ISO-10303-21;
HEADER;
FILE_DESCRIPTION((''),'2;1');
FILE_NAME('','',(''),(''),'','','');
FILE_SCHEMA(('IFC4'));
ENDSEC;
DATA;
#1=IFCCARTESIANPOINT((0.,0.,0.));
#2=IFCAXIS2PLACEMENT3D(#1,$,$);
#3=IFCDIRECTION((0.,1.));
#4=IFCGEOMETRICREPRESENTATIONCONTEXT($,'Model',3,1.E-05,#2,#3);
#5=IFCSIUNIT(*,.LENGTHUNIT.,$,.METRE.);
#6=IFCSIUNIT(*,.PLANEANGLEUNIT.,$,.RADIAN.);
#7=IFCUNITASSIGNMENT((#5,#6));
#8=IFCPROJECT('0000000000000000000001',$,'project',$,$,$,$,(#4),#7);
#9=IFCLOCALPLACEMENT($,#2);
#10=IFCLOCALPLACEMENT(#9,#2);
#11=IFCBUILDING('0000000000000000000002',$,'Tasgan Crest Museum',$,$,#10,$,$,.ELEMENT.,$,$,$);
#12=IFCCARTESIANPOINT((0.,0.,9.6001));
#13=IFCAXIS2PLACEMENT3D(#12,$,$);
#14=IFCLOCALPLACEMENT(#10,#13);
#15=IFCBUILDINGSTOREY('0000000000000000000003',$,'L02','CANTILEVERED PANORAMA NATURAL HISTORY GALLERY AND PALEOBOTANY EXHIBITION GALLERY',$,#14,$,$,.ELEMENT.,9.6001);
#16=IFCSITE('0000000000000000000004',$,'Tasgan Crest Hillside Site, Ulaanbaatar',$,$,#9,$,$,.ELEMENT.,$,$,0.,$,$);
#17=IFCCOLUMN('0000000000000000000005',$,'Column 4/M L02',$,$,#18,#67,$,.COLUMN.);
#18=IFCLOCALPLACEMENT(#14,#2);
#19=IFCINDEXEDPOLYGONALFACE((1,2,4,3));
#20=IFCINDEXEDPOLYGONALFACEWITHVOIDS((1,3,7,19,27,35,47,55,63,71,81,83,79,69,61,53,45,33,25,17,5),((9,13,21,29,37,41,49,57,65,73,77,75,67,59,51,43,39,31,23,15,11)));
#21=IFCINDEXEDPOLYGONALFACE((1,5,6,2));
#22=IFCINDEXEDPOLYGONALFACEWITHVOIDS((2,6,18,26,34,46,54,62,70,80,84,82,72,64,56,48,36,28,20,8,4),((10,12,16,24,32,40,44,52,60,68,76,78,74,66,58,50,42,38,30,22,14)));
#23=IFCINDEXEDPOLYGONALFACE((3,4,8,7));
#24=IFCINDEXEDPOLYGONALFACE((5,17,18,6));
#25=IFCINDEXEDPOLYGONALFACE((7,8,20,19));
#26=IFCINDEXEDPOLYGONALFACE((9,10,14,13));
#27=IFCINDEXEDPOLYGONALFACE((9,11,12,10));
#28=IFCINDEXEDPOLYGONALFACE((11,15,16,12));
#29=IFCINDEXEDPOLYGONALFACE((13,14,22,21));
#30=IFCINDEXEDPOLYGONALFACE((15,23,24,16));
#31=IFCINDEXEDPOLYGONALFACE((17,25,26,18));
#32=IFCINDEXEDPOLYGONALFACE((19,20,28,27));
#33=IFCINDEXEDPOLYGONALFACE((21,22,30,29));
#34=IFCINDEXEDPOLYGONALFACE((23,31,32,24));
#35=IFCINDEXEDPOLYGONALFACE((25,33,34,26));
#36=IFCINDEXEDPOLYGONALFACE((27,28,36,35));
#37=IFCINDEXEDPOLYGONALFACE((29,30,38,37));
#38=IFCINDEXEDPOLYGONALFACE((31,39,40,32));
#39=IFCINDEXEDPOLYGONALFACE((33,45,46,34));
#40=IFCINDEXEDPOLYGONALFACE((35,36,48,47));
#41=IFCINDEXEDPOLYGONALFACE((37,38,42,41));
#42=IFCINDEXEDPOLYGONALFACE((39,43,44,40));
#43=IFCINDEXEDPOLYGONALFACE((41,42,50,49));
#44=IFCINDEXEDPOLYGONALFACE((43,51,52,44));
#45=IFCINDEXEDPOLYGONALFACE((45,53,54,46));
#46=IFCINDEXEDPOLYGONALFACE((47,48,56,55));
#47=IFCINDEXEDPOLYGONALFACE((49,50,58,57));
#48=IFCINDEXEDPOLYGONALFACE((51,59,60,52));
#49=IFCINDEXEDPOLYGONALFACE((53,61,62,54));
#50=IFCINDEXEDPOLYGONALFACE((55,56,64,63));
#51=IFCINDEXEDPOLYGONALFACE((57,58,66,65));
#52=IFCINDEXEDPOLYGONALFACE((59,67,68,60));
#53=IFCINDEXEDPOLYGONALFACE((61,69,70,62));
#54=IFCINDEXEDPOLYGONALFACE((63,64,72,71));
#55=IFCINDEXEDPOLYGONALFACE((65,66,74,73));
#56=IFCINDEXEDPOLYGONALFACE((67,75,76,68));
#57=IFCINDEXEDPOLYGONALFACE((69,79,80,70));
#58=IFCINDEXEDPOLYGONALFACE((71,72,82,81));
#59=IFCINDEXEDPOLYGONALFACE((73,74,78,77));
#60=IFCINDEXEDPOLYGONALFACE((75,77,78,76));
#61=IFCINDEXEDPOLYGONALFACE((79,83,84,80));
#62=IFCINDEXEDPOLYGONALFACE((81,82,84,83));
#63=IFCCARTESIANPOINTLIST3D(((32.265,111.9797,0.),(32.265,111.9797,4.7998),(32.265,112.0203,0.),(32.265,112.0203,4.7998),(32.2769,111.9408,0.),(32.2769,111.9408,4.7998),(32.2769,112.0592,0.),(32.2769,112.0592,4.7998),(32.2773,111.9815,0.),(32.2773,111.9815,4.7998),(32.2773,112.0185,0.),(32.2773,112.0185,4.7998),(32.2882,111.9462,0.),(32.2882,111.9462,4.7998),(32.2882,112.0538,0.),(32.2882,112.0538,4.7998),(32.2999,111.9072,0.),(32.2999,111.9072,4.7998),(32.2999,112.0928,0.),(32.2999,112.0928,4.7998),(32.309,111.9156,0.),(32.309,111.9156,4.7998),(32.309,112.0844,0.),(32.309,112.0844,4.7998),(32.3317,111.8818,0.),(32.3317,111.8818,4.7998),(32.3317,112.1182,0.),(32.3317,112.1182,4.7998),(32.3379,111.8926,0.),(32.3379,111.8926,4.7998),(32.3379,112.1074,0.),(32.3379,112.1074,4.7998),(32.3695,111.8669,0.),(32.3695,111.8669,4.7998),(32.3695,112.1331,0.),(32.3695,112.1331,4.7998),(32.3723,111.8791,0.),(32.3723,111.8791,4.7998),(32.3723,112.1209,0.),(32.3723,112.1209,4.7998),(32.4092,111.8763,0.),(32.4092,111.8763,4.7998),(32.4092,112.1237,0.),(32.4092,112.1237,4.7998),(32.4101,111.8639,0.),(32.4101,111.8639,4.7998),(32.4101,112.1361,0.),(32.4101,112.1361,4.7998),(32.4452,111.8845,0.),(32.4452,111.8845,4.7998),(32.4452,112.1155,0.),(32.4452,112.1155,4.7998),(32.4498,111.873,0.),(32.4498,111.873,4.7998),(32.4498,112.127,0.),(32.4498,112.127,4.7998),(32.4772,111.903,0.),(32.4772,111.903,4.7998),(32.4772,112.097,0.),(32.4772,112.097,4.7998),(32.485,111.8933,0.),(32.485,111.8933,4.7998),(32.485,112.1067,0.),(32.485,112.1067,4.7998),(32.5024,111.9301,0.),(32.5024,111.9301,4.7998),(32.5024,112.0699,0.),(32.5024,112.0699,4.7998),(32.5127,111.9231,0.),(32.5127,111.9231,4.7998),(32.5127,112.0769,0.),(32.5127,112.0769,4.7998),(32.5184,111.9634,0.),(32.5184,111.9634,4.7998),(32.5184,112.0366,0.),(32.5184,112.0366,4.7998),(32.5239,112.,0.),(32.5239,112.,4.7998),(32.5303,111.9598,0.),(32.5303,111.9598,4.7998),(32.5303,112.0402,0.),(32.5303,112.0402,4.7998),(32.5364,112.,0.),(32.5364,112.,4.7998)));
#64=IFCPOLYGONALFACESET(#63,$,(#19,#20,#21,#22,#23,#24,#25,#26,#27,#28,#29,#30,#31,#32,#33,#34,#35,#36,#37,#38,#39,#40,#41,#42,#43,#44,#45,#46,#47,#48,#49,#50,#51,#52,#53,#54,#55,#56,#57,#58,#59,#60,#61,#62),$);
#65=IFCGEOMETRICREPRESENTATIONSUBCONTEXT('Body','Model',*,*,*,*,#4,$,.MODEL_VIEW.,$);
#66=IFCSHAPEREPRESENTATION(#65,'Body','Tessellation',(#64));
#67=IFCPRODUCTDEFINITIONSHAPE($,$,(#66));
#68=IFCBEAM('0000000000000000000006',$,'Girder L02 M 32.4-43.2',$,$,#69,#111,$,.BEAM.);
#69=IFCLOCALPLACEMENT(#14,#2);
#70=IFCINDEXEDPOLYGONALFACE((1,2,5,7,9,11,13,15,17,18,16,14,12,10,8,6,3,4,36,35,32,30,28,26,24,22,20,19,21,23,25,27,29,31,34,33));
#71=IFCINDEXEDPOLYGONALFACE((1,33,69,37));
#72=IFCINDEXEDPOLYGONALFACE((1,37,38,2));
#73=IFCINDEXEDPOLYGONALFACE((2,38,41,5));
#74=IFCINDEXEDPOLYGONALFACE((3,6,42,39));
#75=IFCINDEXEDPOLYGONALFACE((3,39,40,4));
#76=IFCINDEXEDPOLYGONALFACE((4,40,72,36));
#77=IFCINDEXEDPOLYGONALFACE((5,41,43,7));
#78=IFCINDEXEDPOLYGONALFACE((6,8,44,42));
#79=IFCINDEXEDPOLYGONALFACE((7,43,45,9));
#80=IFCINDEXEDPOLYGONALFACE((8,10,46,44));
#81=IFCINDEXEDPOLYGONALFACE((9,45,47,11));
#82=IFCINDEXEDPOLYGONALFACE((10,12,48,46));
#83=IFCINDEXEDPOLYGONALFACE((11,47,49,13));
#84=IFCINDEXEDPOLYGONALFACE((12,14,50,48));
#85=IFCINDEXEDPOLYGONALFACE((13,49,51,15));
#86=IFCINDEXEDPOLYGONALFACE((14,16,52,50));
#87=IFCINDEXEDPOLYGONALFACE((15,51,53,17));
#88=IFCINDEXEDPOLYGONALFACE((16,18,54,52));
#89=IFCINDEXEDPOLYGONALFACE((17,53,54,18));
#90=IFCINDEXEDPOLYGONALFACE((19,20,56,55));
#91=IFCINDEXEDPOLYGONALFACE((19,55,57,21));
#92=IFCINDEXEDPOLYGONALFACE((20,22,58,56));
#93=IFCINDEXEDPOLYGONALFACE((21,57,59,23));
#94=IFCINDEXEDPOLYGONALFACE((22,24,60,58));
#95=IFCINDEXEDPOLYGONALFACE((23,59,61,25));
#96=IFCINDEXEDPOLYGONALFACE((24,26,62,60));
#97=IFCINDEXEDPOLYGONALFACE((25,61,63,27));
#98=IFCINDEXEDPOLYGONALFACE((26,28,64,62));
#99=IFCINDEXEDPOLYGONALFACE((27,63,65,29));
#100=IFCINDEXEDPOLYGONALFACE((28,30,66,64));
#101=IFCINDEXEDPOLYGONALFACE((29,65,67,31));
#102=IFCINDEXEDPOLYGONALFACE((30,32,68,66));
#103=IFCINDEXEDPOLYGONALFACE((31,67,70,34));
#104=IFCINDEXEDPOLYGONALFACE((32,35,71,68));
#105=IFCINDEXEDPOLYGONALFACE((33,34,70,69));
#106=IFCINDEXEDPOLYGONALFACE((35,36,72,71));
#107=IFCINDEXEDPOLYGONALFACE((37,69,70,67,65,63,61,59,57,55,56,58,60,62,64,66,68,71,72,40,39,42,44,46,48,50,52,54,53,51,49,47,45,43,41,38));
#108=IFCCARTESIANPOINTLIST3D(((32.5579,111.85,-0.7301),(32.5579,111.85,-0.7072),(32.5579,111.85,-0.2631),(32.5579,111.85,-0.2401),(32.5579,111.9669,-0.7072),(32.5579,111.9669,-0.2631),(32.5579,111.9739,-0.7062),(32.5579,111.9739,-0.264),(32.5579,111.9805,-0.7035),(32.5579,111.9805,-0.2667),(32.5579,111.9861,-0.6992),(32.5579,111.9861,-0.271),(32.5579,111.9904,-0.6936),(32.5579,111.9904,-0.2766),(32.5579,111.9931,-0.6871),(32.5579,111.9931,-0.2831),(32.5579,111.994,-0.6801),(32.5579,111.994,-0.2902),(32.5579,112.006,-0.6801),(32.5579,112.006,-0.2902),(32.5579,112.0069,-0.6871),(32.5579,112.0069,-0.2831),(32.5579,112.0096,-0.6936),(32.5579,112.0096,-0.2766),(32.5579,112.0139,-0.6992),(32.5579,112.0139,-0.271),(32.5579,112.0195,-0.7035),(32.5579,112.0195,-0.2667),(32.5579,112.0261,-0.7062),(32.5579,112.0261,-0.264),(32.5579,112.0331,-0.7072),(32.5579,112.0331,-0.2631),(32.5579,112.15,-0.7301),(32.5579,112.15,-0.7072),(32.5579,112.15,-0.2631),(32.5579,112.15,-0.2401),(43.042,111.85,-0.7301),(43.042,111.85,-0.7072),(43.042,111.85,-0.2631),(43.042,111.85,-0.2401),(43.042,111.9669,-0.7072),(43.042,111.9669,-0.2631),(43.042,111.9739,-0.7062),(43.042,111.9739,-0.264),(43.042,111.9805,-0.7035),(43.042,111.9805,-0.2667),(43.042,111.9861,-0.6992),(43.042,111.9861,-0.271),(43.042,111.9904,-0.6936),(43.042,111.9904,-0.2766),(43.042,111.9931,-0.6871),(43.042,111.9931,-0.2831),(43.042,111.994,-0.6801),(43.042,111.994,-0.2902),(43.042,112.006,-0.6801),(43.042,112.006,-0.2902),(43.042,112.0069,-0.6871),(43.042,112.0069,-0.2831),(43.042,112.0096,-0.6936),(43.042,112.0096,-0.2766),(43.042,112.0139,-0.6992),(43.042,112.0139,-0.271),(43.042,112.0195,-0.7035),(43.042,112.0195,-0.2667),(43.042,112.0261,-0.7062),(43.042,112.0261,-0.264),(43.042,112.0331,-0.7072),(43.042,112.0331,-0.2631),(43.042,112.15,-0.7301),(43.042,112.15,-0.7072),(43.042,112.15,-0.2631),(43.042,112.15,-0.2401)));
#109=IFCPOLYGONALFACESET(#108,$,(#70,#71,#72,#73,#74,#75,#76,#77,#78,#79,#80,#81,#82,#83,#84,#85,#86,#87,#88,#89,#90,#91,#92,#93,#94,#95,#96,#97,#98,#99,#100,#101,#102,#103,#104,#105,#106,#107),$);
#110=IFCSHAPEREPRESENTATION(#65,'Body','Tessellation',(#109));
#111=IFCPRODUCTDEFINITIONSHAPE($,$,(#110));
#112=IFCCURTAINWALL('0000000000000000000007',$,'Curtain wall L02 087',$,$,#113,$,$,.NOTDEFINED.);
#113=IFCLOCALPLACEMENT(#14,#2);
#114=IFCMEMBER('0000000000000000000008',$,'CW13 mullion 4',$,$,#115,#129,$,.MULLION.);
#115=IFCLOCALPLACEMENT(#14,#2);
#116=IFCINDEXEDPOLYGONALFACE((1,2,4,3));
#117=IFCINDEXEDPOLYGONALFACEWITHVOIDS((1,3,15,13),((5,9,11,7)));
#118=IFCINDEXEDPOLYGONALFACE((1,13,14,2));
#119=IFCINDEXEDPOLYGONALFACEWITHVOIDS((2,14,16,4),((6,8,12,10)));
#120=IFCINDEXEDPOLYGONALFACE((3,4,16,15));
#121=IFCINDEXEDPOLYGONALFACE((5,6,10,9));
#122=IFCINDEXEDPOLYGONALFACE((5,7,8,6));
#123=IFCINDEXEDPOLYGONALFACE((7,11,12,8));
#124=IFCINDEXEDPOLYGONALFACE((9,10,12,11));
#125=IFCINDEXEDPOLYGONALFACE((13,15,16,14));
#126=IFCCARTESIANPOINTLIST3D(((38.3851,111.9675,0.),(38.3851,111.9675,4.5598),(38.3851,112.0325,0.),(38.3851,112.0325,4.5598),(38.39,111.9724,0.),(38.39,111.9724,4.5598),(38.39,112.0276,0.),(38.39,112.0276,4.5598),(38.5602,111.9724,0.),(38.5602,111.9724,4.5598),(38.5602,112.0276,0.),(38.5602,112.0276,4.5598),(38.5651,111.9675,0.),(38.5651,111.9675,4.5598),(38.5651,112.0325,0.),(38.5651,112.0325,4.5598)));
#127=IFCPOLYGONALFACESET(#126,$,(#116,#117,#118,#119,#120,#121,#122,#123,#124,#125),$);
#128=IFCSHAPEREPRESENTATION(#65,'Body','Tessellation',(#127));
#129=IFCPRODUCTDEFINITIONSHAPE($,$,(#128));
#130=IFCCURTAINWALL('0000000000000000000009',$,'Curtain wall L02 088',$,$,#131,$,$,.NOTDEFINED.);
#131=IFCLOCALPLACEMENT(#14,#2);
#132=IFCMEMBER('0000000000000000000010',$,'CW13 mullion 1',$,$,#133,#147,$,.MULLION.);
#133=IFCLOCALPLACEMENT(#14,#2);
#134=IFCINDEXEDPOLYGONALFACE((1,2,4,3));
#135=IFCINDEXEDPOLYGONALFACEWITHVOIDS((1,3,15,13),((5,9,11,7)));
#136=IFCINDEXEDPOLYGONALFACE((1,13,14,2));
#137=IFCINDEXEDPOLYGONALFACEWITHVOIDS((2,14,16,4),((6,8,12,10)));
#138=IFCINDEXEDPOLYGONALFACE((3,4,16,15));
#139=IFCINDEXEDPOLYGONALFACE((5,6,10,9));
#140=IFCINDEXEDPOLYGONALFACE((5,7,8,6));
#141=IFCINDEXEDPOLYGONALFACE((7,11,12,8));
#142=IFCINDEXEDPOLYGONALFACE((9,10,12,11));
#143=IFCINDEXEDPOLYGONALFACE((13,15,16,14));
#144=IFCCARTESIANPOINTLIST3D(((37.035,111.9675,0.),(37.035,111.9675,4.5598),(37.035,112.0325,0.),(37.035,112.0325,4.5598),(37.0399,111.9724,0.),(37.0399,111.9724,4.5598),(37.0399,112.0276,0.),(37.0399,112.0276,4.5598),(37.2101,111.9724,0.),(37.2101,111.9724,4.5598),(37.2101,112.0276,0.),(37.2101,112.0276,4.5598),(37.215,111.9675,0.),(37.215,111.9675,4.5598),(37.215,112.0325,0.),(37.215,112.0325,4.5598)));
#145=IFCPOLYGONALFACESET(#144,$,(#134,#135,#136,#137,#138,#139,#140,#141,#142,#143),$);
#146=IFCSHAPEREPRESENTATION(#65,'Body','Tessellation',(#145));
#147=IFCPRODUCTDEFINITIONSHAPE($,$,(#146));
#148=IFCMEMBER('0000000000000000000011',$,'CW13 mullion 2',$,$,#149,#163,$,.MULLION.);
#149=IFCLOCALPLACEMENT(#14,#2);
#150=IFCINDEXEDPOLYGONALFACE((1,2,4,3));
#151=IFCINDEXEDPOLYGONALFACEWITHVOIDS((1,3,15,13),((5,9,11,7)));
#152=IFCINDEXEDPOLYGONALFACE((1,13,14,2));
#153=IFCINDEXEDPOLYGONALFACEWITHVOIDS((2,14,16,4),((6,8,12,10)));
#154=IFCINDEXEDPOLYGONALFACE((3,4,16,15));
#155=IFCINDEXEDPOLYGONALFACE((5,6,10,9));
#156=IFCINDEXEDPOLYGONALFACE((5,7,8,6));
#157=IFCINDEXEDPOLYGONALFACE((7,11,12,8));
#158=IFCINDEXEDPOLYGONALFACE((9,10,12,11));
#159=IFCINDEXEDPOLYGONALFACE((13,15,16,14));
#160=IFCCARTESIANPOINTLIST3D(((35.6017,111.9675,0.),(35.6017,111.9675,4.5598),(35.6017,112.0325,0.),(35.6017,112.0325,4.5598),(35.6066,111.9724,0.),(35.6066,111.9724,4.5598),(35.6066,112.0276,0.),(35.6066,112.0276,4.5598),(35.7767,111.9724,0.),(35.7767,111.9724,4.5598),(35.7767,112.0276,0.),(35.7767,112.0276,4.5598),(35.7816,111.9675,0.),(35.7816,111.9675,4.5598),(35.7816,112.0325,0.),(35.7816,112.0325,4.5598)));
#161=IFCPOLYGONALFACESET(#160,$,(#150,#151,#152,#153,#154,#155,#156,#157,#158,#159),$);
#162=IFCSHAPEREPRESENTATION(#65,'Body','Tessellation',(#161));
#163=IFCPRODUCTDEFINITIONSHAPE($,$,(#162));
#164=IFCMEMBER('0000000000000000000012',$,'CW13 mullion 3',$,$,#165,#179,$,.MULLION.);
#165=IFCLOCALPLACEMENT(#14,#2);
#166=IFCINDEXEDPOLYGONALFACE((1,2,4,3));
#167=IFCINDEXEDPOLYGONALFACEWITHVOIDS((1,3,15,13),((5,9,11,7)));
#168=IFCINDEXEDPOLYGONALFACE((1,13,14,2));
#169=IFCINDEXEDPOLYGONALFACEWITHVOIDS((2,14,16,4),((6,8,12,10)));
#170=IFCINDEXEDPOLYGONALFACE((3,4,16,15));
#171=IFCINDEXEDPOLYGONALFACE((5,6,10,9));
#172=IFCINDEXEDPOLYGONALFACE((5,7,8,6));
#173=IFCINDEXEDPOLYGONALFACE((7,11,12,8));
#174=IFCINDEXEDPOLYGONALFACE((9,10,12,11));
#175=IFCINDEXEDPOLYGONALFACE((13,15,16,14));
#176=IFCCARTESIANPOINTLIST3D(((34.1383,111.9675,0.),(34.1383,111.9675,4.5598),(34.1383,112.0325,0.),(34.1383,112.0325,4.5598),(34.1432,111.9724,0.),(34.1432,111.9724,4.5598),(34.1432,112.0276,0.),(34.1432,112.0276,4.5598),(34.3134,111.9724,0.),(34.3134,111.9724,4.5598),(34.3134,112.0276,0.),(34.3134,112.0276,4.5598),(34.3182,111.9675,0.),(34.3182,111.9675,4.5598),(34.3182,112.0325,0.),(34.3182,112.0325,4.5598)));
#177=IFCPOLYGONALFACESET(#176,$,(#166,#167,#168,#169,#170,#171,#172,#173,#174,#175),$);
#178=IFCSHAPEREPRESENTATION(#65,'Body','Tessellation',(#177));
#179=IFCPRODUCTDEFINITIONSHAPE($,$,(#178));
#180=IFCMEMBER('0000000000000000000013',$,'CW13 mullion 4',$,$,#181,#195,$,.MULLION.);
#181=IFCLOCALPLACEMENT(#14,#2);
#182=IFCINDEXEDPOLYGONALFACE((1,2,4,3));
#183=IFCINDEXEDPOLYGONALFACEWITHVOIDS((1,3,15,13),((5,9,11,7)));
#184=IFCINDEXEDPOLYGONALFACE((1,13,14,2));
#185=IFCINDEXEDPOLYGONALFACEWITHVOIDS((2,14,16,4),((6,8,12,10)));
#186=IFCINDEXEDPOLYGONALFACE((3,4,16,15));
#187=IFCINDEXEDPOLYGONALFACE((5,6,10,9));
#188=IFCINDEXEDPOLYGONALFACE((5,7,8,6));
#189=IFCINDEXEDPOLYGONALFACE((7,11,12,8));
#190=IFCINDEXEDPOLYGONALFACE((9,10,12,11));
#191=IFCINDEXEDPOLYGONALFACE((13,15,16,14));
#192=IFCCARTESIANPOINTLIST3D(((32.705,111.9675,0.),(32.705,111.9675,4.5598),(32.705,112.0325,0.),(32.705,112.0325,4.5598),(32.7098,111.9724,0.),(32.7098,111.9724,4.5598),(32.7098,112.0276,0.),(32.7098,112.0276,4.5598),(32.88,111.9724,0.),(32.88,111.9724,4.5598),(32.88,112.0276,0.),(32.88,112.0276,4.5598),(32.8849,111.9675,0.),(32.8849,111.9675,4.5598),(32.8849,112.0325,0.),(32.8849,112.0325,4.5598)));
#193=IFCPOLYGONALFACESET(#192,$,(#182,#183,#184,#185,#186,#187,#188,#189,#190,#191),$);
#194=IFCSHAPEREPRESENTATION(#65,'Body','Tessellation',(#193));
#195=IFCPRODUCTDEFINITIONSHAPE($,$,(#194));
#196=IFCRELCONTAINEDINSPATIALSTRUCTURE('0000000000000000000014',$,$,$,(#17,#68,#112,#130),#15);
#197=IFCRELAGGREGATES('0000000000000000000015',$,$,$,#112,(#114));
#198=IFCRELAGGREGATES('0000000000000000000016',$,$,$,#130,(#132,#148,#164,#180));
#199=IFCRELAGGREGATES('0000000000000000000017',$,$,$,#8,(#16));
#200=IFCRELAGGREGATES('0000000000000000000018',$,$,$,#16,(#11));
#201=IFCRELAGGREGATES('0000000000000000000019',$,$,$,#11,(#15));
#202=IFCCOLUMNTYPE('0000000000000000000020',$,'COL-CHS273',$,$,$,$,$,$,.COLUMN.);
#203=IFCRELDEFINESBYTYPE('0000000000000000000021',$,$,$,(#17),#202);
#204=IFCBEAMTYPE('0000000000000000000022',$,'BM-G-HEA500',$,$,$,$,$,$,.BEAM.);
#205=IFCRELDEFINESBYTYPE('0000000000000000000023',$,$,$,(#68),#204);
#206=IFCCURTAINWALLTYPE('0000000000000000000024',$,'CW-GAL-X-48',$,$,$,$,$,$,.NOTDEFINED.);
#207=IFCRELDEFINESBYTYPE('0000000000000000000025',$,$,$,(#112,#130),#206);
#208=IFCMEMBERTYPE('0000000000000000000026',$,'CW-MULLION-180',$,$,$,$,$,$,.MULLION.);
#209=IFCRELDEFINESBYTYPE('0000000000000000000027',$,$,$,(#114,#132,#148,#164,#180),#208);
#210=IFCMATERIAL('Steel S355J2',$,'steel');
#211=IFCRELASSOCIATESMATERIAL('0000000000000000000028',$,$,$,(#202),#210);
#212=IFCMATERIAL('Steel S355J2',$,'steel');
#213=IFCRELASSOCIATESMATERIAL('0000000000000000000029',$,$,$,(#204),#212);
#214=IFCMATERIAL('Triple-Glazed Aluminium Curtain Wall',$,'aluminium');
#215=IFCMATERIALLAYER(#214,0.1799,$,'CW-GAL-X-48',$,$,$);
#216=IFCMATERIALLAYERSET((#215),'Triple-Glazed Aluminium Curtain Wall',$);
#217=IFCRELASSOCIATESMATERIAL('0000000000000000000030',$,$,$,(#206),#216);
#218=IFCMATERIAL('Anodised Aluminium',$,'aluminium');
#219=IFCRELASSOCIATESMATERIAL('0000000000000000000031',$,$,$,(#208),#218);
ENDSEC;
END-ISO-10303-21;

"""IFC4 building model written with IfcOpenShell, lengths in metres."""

from ifc_helpers import new_model, si_unit, direction, frame, origin, origin_2d, place, context, subcontext, project, spatial, hollow_rectangle, hollow_circle, i_section, extrude, material, layer, layer_set, material_profile, profile_set, type_object, element, aggregate, save


model = new_model("IFC4")

# Units and contexts
model_context = context("Model", 3, precision=1e-05, world=origin(), true_north=direction((0.0, 1.0)))
body_context = subcontext(model_context, "Body", "Model", "MODEL_VIEW")
ifc_project = project(units=[si_unit("LENGTHUNIT", "METRE"), si_unit("PLANEANGLEUNIT", "RADIAN")], contexts=[model_context])

# Site, building, storey
site_placement = place(None, origin())
site = spatial("IfcSite", under=ifc_project, at=site_placement, Name="Tasgan Crest Hillside Site, Ulaanbaatar", CompositionType="ELEMENT", RefElevation=0.0)
building_placement = place(site_placement, origin())
building = spatial("IfcBuilding", under=site, at=building_placement, Name="Tasgan Crest Museum", CompositionType="ELEMENT")
storey_placement = place(building_placement, frame((0.0, 0.0, 9.6001)))
storey = spatial("IfcBuildingStorey", under=building, at=storey_placement, Name="L02", Description="CANTILEVERED PANORAMA NATURAL HISTORY GALLERY AND PALEOBOTANY EXHIBITION GALLERY", CompositionType="ELEMENT", Elevation=9.6001)

# Column
ifc_material_1 = material(Name="Steel S355J2", Category="steel")
ifc_material_profile_1 = material_profile(ifc_material_1, hollow_circle(Radius=0.1365, WallThickness=0.0125, at=origin_2d()), Name="CHS 273x12.5")
ifc_profile_set_1 = profile_set([ifc_material_profile_1], Name="Steel S355J2")
column_type = type_object("IfcColumnType", Name="COL-CHS273", PredefinedType="COLUMN", material=ifc_profile_set_1)
column_placement = place(storey_placement, frame((32.3999, 112.0, 0.0), z_axis=(0.0, 0.0, 1.0), x_axis=(1.0, 0.0, 0.0)))
element("IfcColumn", 1, at=column_placement, inside=storey, type_object=column_type, Name="Column 4/M L02", PredefinedType="COLUMN", context=body_context, shape_type="SweptSolid", body=[
    extrude(hollow_circle(Radius=0.1365, WallThickness=0.0125, at=origin_2d()), origin(), (0.0, 0.0, 1.0), 4.7998),
])

# Beam
ifc_material_2 = material(Name="Steel S355J2", Category="steel")
ifc_material_profile_2 = material_profile(ifc_material_2, i_section(OverallWidth=0.3, OverallDepth=0.49, WebThickness=0.012, FlangeThickness=0.0229, FilletRadius=0.0271, at=origin_2d()), Name="HEA 500")
ifc_profile_set_2 = profile_set([ifc_material_profile_2], Name="Steel S355J2")
beam_type = type_object("IfcBeamType", Name="BM-G-HEA500", PredefinedType="BEAM", material=ifc_profile_set_2)
beam_placement = place(storey_placement, frame((32.5579, 112.0, -0.4851), z_axis=(1.0, 0.0, 0.0), x_axis=(0.0, 1.0, 0.0)))
element("IfcBeam", 2, at=beam_placement, inside=storey, type_object=beam_type, Name="Girder L02 M 32.4-43.2", PredefinedType="BEAM", context=body_context, shape_type="SweptSolid", body=[
    extrude(i_section(OverallWidth=0.3, OverallDepth=0.49, WebThickness=0.012, FlangeThickness=0.0229, FilletRadius=0.0271, at=origin_2d()), origin(), (0.0, 0.0, 1.0), 10.4841),
])

# Curtain wall, member
ifc_material_3 = material(Name="Triple-Glazed Aluminium Curtain Wall", Category="aluminium")
ifc_layer_1 = layer(ifc_material_3, 0.1799, Name="CW-GAL-X-48")
ifc_layer_set_1 = layer_set([ifc_layer_1], Name="Triple-Glazed Aluminium Curtain Wall")
curtain_wall_type = type_object("IfcCurtainWallType", Name="CW-GAL-X-48", PredefinedType="NOTDEFINED", material=ifc_layer_set_1)
curtain_wall_1_placement = place(storey_placement, origin())
curtain_wall_1 = element("IfcCurtainWall", 3, at=curtain_wall_1_placement, inside=storey, type_object=curtain_wall_type, Name="Curtain wall L02 087", PredefinedType="NOTDEFINED")
ifc_material_4 = material(Name="Anodised Aluminium", Category="aluminium")
ifc_material_profile_3 = material_profile(ifc_material_4, hollow_rectangle(XDim=0.0649, YDim=0.1799, WallThickness=0.0049, at=origin_2d()), Name="ALU MULLION 180x65x5")
ifc_profile_set_3 = profile_set([ifc_material_profile_3], Name="Anodised Aluminium")
member_type_1 = type_object("IfcMemberType", Name="CW-MULLION-180", PredefinedType="MULLION", material=ifc_profile_set_3)
member_1_placement = place(storey_placement, frame((38.4751, 112.0, 0.0), z_axis=(0.0, 0.0, 1.0), x_axis=(0.0, -1.0, 0.0)))
member_1 = element("IfcMember", 4, at=member_1_placement, type_object=member_type_1, Name="CW13 mullion 4", PredefinedType="MULLION", context=body_context, shape_type="SweptSolid", body=[
    extrude(hollow_rectangle(XDim=0.0649, YDim=0.1799, WallThickness=0.0049, at=origin_2d()), origin(), (0.0, 0.0, 1.0), 4.5598),
])

# Curtain wall, members
curtain_wall_2_placement = place(storey_placement, origin())
curtain_wall_2 = element("IfcCurtainWall", 5, at=curtain_wall_2_placement, inside=storey, type_object=curtain_wall_type, Name="Curtain wall L02 088", PredefinedType="NOTDEFINED")
member_2_placement = place(storey_placement, frame((37.125, 112.0, 0.0), z_axis=(0.0, 0.0, 1.0), x_axis=(0.0, -1.0, 0.0)))
member_2 = element("IfcMember", 6, at=member_2_placement, type_object=member_type_1, Name="CW13 mullion 1", PredefinedType="MULLION", context=body_context, shape_type="SweptSolid", body=[
    extrude(hollow_rectangle(XDim=0.0649, YDim=0.1799, WallThickness=0.0049, at=origin_2d()), origin(), (0.0, 0.0, 1.0), 4.5598),
])
member_3_placement = place(storey_placement, frame((35.6917, 112.0, 0.0), z_axis=(0.0, 0.0, 1.0), x_axis=(0.0, -1.0, 0.0)))
member_3 = element("IfcMember", 7, at=member_3_placement, type_object=member_type_1, Name="CW13 mullion 2", PredefinedType="MULLION", context=body_context, shape_type="SweptSolid", body=[
    extrude(hollow_rectangle(XDim=0.0649, YDim=0.1799, WallThickness=0.0049, at=origin_2d()), origin(), (0.0, 0.0, 1.0), 4.5598),
])
member_4_placement = place(storey_placement, frame((34.2283, 112.0, 0.0), z_axis=(0.0, 0.0, 1.0), x_axis=(0.0, -1.0, 0.0)))
member_4 = element("IfcMember", 8, at=member_4_placement, type_object=member_type_1, Name="CW13 mullion 3", PredefinedType="MULLION", context=body_context, shape_type="SweptSolid", body=[
    extrude(hollow_rectangle(XDim=0.0649, YDim=0.1799, WallThickness=0.0049, at=origin_2d()), origin(), (0.0, 0.0, 1.0), 4.5598),
])
member_5_placement = place(storey_placement, frame((32.7949, 112.0, 0.0), z_axis=(0.0, 0.0, 1.0), x_axis=(0.0, -1.0, 0.0)))
member_5 = element("IfcMember", 9, at=member_5_placement, type_object=member_type_1, Name="CW13 mullion 4", PredefinedType="MULLION", context=body_context, shape_type="SweptSolid", body=[
    extrude(hollow_rectangle(XDim=0.0649, YDim=0.1799, WallThickness=0.0049, at=origin_2d()), origin(), (0.0, 0.0, 1.0), 4.5598),
])

aggregate(curtain_wall_1, [member_1])
aggregate(curtain_wall_2, [member_2, member_3, member_4, member_5])

save(model, "model.ifc")
